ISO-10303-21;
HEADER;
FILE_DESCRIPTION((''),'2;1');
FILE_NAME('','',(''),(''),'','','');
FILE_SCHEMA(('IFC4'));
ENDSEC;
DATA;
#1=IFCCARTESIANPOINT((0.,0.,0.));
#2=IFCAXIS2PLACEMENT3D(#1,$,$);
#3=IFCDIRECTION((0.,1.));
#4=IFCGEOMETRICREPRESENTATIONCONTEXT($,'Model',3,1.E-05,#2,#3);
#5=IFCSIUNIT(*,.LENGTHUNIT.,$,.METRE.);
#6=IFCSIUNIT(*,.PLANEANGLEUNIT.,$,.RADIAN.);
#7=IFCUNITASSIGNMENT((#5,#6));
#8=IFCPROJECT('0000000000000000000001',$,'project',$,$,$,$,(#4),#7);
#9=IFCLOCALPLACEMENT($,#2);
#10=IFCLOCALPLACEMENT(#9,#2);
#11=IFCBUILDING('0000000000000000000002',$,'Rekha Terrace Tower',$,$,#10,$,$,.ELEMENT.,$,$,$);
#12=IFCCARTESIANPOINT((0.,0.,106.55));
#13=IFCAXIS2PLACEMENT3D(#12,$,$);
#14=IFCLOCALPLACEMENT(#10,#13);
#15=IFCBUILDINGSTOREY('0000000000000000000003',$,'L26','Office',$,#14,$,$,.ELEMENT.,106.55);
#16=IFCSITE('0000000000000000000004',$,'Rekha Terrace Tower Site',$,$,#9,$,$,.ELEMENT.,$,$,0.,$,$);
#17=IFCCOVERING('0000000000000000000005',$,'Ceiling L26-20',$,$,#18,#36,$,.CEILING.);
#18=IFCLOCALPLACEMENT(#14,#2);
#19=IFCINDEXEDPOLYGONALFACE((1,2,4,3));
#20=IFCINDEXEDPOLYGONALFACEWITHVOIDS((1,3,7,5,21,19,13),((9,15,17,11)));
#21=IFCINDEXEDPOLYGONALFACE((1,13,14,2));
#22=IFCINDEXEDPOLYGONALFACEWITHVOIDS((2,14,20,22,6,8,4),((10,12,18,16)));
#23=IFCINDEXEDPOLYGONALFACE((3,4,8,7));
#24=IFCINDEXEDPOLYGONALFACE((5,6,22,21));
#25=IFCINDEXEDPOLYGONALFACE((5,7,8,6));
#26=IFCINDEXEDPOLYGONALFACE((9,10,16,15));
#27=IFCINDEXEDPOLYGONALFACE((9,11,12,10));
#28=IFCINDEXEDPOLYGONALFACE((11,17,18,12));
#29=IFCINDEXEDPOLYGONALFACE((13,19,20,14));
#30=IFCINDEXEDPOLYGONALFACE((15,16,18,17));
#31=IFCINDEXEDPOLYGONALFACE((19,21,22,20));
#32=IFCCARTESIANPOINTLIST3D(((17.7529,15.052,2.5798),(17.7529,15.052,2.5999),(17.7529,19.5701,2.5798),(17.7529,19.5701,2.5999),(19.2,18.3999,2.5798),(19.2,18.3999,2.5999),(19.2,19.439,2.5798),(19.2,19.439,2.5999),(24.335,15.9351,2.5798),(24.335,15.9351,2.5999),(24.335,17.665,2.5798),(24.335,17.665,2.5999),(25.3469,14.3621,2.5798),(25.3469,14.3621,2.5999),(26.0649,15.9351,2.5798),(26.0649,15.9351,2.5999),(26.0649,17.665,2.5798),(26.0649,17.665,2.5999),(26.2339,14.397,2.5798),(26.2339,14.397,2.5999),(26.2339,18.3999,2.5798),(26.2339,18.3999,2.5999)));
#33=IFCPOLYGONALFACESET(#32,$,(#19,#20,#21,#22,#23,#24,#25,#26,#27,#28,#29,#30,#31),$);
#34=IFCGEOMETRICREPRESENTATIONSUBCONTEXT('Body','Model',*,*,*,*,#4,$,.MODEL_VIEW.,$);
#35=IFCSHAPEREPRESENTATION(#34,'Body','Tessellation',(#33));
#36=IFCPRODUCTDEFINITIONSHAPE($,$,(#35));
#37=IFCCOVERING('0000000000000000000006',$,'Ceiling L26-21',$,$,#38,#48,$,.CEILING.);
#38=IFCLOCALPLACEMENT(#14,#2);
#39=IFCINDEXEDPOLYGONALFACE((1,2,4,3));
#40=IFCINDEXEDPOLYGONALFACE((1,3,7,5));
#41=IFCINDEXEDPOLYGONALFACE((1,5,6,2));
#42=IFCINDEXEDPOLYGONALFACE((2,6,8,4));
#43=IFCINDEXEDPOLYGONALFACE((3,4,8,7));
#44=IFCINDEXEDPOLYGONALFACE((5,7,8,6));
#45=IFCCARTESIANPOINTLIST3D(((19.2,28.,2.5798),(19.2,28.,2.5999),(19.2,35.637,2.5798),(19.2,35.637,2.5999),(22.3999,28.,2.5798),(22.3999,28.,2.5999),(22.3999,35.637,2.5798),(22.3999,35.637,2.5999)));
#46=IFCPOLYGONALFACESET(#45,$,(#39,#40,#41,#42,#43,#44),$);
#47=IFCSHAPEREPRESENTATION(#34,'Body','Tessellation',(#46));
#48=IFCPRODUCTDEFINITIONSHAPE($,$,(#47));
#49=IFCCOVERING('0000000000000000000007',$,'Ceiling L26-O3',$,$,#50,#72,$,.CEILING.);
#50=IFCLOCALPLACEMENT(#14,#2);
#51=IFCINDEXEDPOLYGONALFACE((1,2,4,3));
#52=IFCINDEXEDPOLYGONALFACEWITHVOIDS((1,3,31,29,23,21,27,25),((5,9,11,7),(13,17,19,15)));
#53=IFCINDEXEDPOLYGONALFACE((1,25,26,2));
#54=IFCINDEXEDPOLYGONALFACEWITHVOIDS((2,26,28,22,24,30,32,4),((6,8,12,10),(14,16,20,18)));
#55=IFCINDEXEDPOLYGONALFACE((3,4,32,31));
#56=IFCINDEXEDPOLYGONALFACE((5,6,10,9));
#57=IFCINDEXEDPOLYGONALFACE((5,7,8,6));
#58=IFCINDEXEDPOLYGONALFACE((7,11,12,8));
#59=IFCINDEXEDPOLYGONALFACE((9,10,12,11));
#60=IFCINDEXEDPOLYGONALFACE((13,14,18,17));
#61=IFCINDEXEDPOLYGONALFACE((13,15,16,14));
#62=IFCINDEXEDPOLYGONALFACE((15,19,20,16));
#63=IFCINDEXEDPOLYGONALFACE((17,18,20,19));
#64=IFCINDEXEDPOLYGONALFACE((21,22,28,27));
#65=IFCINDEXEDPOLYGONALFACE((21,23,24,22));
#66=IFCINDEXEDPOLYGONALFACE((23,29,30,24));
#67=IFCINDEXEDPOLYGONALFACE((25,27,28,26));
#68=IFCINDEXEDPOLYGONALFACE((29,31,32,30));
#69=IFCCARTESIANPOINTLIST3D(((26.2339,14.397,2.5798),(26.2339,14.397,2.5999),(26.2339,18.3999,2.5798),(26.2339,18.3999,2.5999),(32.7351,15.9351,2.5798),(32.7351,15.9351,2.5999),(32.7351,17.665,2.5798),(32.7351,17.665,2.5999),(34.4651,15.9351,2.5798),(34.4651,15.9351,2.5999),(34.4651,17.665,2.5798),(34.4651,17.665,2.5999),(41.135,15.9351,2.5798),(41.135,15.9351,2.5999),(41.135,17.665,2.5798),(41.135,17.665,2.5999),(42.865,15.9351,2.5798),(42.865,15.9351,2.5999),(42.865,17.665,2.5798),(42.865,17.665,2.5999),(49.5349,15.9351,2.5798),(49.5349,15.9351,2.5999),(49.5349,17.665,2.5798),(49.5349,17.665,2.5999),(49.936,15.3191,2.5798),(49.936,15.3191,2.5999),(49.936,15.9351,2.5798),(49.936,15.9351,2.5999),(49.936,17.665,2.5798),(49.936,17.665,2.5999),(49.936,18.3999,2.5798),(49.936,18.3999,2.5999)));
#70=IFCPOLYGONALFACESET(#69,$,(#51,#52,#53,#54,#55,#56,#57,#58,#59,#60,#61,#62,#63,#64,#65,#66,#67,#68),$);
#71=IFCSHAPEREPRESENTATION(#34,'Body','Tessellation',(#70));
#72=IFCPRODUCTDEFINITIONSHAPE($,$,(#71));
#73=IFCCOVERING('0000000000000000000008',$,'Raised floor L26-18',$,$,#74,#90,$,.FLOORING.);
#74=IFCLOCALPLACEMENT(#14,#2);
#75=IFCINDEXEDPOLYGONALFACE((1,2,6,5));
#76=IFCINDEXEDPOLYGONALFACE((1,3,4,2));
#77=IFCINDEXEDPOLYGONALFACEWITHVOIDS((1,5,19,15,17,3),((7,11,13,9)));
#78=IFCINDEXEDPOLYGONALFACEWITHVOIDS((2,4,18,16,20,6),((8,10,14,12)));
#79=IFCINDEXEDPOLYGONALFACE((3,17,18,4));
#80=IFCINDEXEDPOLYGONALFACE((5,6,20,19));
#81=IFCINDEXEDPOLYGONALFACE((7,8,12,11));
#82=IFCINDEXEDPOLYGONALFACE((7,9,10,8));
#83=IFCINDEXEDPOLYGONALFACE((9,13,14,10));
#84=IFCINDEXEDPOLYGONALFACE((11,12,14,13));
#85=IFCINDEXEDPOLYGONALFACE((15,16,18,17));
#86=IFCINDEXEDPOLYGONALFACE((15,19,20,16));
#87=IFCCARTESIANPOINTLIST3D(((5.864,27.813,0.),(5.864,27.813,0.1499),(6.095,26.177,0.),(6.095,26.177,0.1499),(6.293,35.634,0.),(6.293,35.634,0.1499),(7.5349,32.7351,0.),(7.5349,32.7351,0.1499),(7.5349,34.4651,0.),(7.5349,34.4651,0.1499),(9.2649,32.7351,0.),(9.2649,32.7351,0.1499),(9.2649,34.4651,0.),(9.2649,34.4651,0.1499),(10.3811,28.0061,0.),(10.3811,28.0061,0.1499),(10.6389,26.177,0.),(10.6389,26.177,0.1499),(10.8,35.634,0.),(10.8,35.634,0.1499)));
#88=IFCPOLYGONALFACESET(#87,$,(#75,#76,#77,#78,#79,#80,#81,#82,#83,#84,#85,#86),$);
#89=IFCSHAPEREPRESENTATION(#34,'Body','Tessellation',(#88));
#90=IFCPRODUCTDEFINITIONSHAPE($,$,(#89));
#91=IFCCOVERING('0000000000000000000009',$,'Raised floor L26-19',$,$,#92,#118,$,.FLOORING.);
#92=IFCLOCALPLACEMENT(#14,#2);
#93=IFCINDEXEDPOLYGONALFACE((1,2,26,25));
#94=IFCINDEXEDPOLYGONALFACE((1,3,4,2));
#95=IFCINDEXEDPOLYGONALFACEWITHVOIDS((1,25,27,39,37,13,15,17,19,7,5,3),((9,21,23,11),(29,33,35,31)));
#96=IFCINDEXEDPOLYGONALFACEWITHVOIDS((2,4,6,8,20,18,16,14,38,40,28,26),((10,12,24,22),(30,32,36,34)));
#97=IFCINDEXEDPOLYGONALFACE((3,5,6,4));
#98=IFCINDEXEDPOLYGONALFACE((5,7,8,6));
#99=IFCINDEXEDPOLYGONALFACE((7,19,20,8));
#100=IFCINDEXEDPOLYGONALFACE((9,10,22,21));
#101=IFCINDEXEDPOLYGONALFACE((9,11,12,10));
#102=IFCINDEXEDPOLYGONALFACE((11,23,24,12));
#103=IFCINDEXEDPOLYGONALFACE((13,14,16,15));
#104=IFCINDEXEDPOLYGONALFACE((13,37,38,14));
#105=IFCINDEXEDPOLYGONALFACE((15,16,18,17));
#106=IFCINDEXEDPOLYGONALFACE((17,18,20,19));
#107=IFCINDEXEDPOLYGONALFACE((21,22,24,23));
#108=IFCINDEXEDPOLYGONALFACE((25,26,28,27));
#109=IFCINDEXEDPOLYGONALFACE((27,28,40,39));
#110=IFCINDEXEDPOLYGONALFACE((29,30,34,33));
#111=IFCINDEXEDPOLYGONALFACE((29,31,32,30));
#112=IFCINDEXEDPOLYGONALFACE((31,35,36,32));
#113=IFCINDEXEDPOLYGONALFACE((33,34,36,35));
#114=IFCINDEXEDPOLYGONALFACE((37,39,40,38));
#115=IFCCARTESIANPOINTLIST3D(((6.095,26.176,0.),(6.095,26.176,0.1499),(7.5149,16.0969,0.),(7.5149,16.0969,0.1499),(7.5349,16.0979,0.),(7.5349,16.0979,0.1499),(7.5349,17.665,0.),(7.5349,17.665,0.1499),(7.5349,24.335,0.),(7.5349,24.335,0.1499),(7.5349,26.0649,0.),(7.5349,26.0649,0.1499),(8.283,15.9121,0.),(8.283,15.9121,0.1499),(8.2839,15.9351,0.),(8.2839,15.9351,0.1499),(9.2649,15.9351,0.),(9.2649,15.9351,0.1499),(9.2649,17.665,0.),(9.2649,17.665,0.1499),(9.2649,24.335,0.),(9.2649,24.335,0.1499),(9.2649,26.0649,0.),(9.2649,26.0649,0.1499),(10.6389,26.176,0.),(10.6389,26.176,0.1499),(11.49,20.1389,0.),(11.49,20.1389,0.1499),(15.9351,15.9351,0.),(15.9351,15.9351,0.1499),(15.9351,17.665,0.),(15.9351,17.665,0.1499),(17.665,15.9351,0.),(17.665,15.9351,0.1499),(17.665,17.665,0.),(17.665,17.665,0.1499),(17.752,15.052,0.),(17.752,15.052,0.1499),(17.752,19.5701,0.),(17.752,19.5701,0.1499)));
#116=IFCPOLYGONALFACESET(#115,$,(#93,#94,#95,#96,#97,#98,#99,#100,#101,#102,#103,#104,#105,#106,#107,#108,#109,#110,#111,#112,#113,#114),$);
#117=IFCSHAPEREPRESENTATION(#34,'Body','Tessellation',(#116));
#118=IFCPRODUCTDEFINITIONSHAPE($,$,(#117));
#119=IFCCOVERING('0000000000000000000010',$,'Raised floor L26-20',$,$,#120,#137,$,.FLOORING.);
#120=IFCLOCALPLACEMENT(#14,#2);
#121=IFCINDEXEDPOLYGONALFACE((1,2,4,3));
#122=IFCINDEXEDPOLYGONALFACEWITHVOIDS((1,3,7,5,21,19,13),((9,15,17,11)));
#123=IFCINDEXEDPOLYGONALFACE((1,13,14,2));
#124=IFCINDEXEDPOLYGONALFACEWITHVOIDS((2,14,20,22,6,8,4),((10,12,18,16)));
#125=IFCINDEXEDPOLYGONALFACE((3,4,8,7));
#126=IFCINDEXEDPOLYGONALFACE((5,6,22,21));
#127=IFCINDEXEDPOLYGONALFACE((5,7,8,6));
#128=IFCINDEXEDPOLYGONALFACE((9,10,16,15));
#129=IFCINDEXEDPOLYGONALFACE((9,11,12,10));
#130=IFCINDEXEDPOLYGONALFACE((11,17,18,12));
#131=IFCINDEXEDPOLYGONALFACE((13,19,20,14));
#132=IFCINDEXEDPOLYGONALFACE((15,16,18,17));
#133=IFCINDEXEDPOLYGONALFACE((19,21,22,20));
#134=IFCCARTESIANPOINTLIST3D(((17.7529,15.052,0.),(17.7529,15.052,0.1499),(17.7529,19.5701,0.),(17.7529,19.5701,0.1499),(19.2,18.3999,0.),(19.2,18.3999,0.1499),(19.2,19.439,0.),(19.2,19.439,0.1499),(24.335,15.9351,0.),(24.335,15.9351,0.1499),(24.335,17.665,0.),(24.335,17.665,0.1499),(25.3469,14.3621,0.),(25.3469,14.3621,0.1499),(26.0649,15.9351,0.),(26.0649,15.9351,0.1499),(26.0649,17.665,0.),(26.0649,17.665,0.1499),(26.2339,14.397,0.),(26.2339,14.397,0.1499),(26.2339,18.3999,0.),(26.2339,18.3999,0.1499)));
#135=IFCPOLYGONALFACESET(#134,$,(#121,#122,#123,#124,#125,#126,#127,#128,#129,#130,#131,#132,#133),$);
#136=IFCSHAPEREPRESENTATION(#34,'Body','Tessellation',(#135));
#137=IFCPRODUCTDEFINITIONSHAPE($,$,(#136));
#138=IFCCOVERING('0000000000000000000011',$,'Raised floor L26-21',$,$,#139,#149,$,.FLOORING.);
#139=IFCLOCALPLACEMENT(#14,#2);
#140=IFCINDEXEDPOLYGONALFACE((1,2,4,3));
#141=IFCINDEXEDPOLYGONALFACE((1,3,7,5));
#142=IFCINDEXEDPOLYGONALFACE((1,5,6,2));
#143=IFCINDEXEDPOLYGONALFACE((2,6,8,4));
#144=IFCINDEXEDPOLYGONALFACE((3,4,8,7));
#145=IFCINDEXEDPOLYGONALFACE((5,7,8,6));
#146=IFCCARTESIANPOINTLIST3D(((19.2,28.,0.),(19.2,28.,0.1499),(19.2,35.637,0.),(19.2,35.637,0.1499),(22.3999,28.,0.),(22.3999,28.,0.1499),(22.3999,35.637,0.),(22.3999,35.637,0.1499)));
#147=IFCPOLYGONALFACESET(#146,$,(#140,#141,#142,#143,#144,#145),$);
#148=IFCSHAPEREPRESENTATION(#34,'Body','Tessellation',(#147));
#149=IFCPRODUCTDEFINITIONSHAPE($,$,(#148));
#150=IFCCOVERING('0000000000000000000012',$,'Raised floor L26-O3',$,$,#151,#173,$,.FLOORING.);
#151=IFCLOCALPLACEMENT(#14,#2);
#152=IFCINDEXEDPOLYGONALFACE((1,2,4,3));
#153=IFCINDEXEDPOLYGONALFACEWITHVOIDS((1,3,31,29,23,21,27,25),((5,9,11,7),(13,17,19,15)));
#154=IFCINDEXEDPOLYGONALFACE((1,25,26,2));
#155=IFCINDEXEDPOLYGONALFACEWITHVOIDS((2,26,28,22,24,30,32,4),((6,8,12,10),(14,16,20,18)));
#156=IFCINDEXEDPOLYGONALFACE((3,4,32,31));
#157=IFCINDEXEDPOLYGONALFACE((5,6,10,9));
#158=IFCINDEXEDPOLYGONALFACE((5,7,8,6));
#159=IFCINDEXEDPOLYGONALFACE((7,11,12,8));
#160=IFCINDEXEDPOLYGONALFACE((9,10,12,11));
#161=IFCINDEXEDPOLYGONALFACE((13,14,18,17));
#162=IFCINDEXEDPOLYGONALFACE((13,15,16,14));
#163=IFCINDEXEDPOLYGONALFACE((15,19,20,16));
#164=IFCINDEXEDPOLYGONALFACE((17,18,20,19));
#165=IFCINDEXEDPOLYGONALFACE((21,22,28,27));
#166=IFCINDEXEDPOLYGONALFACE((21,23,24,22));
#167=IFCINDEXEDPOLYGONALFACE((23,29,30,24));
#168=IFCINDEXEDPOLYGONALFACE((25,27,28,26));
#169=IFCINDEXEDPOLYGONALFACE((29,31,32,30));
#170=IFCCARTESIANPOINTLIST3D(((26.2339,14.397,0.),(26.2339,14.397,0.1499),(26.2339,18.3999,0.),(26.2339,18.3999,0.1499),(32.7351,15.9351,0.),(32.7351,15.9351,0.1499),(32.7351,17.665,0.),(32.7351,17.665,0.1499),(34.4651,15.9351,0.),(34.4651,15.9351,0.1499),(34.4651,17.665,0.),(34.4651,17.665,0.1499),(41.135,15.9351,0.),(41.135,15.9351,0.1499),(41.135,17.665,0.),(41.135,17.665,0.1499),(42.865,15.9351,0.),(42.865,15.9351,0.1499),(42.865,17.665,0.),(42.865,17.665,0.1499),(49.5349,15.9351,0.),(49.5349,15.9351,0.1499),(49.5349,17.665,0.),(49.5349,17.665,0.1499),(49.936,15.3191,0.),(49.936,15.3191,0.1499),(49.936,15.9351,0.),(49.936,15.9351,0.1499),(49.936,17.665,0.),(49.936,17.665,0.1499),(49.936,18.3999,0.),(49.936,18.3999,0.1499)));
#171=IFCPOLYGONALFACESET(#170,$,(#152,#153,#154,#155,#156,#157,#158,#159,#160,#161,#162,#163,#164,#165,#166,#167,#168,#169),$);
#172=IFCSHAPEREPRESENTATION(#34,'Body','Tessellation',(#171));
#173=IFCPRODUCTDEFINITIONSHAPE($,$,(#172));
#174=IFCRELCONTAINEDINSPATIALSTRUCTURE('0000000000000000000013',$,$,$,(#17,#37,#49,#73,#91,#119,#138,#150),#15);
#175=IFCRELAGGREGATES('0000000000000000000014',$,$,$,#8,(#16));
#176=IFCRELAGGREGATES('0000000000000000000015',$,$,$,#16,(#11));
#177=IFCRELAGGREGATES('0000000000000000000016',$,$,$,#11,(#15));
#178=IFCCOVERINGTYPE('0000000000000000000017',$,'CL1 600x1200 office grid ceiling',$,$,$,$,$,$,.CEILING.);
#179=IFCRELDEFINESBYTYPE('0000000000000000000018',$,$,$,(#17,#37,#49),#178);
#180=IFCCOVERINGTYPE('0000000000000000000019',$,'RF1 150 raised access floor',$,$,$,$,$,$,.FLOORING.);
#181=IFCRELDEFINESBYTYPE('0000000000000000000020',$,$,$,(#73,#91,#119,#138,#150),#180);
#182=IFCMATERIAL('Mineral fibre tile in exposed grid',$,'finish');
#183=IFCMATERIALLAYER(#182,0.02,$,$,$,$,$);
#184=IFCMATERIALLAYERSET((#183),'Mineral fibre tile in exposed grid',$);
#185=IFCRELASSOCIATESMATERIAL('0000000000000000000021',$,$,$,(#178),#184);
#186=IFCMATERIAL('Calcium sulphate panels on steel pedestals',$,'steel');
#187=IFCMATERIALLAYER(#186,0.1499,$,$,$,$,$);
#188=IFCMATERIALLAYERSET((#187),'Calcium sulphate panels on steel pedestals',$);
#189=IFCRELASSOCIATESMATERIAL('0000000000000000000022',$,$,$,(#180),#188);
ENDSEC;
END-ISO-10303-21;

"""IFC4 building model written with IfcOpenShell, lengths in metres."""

from ifc_helpers import new_model, si_unit, direction, frame, origin, place, context, subcontext, project, spatial, polyline, outline, extrude, material, layer, layer_set, type_object, element, save


model = new_model("IFC4")

# Units and contexts
model_context = context("Model", 3, precision=1e-05, world=origin(), true_north=direction((0.0, 1.0)))
body_context = subcontext(model_context, "Body", "Model", "MODEL_VIEW")
ifc_project = project(units=[si_unit("LENGTHUNIT", "METRE"), si_unit("PLANEANGLEUNIT", "RADIAN")], contexts=[model_context])

# Site, building, storey
site_placement = place(None, origin())
site = spatial("IfcSite", under=ifc_project, at=site_placement, Name="Rekha Terrace Tower Site", CompositionType="ELEMENT", RefElevation=0.0)
building_placement = place(site_placement, origin())
building = spatial("IfcBuilding", under=site, at=building_placement, Name="Rekha Terrace Tower", CompositionType="ELEMENT")
storey_placement = place(building_placement, frame((0.0, 0.0, 106.55)))
storey = spatial("IfcBuildingStorey", under=building, at=storey_placement, Name="L26", Description="Office", CompositionType="ELEMENT", Elevation=106.55)

# Coverings
ifc_material_1 = material(Name="Mineral fibre tile in exposed grid", Category="finish")
ifc_layer_1 = layer(ifc_material_1, 0.02)
ifc_layer_set_1 = layer_set([ifc_layer_1], Name="Mineral fibre tile in exposed grid")
covering_type_1 = type_object("IfcCoveringType", Name="CL1 600x1200 office grid ceiling", PredefinedType="CEILING", material=ifc_layer_set_1)
covering_1_placement = place(storey_placement, frame((0.0, 0.0, 2.5798)))
element("IfcCovering", 1, at=covering_1_placement, inside=storey, type_object=covering_type_1, Name="Ceiling L26-20", PredefinedType="CEILING", context=body_context, shape_type="SweptSolid", body=[
    extrude(outline(polyline([(26.2339, 14.397), (26.2339, 18.3999), (19.2, 18.3999), (19.2, 19.439), (17.7529, 19.5701), (17.7529, 15.052), (25.3469, 14.3621), (26.2339, 14.397)]), holes=[polyline([(26.0649, 17.665), (26.0649, 15.9351), (24.335, 15.9351), (24.335, 17.665), (26.0649, 17.665)])]), origin(), (0.0, 0.0, 1.0), 0.02),
])
covering_2_placement = place(storey_placement, frame((0.0, 0.0, 2.5798)))
element("IfcCovering", 2, at=covering_2_placement, inside=storey, type_object=covering_type_1, Name="Ceiling L26-21", PredefinedType="CEILING", context=body_context, shape_type="SweptSolid", body=[
    extrude(outline(polyline([(19.2, 35.637), (19.2, 28.0), (22.3999, 28.0), (22.3999, 35.637), (19.2, 35.637)])), origin(), (0.0, 0.0, 1.0), 0.02),
])
covering_3_placement = place(storey_placement, frame((0.0, 0.0, 2.5798)))
element("IfcCovering", 3, at=covering_3_placement, inside=storey, type_object=covering_type_1, Name="Ceiling L26-O3", PredefinedType="CEILING", context=body_context, shape_type="SweptSolid", body=[
    extrude(outline(polyline([(49.936, 18.3999), (26.2339, 18.3999), (26.2339, 14.397), (49.936, 15.3191), (49.936, 15.9351), (49.5349, 15.9351), (49.5349, 17.665), (49.936, 17.665), (49.936, 18.3999)]), holes=[polyline([(42.865, 17.665), (42.865, 15.9351), (41.135, 15.9351), (41.135, 17.665), (42.865, 17.665)]), polyline([(34.4651, 15.9351), (32.7351, 15.9351), (32.7351, 17.665), (34.4651, 17.665), (34.4651, 15.9351)])]), origin(), (0.0, 0.0, 1.0), 0.02),
])
ifc_material_2 = material(Name="Calcium sulphate panels on steel pedestals", Category="steel")
ifc_layer_2 = layer(ifc_material_2, 0.1499)
ifc_layer_set_2 = layer_set([ifc_layer_2], Name="Calcium sulphate panels on steel pedestals")
covering_type_2 = type_object("IfcCoveringType", Name="RF1 150 raised access floor", PredefinedType="FLOORING", material=ifc_layer_set_2)
covering_4_placement = place(storey_placement, origin())
element("IfcCovering", 4, at=covering_4_placement, inside=storey, type_object=covering_type_2, Name="Raised floor L26-18", PredefinedType="FLOORING", context=body_context, shape_type="SweptSolid", body=[
    extrude(outline(polyline([(10.3811, 28.0061), (10.8, 35.634), (6.293, 35.634), (5.864, 27.813), (6.095, 26.177), (10.6389, 26.177), (10.3811, 28.0061)]), holes=[polyline([(9.2649, 32.7351), (7.5349, 32.7351), (7.5349, 34.4651), (9.2649, 34.4651), (9.2649, 32.7351)])]), origin(), (0.0, 0.0, 1.0), 0.1499),
])
covering_5_placement = place(storey_placement, origin())
element("IfcCovering", 5, at=covering_5_placement, inside=storey, type_object=covering_type_2, Name="Raised floor L26-19", PredefinedType="FLOORING", context=body_context, shape_type="SweptSolid", body=[
    extrude(outline(polyline([(7.5149, 16.0969), (7.5349, 16.0979), (7.5349, 17.665), (9.2649, 17.665), (9.2649, 15.9351), (8.2839, 15.9351), (8.283, 15.9121), (17.752, 15.052), (17.752, 19.5701), (11.49, 20.1389), (10.6389, 26.176), (6.095, 26.176), (7.5149, 16.0969)]), holes=[polyline([(17.665, 15.9351), (15.9351, 15.9351), (15.9351, 17.665), (17.665, 17.665), (17.665, 15.9351)]), polyline([(9.2649, 24.335), (7.5349, 24.335), (7.5349, 26.0649), (9.2649, 26.0649), (9.2649, 24.335)])]), origin(), (0.0, 0.0, 1.0), 0.1499),
])
covering_6_placement = place(storey_placement, origin())
element("IfcCovering", 6, at=covering_6_placement, inside=storey, type_object=covering_type_2, Name="Raised floor L26-20", PredefinedType="FLOORING", context=body_context, shape_type="SweptSolid", body=[
    extrude(outline(polyline([(26.2339, 14.397), (26.2339, 18.3999), (19.2, 18.3999), (19.2, 19.439), (17.7529, 19.5701), (17.7529, 15.052), (25.3469, 14.3621), (26.2339, 14.397)]), holes=[polyline([(26.0649, 17.665), (26.0649, 15.9351), (24.335, 15.9351), (24.335, 17.665), (26.0649, 17.665)])]), origin(), (0.0, 0.0, 1.0), 0.1499),
])
covering_7_placement = place(storey_placement, origin())
element("IfcCovering", 7, at=covering_7_placement, inside=storey, type_object=covering_type_2, Name="Raised floor L26-21", PredefinedType="FLOORING", context=body_context, shape_type="SweptSolid", body=[
    extrude(outline(polyline([(19.2, 35.637), (19.2, 28.0), (22.3999, 28.0), (22.3999, 35.637), (19.2, 35.637)])), origin(), (0.0, 0.0, 1.0), 0.1499),
])
covering_8_placement = place(storey_placement, origin())
element("IfcCovering", 8, at=covering_8_placement, inside=storey, type_object=covering_type_2, Name="Raised floor L26-O3", PredefinedType="FLOORING", context=body_context, shape_type="SweptSolid", body=[
    extrude(outline(polyline([(49.936, 18.3999), (26.2339, 18.3999), (26.2339, 14.397), (49.936, 15.3191), (49.936, 15.9351), (49.5349, 15.9351), (49.5349, 17.665), (49.936, 17.665), (49.936, 18.3999)]), holes=[polyline([(42.865, 17.665), (42.865, 15.9351), (41.135, 15.9351), (41.135, 17.665), (42.865, 17.665)]), polyline([(34.4651, 15.9351), (32.7351, 15.9351), (32.7351, 17.665), (34.4651, 17.665), (34.4651, 15.9351)])]), origin(), (0.0, 0.0, 1.0), 0.1499),
])

save(model, "model.ifc")
